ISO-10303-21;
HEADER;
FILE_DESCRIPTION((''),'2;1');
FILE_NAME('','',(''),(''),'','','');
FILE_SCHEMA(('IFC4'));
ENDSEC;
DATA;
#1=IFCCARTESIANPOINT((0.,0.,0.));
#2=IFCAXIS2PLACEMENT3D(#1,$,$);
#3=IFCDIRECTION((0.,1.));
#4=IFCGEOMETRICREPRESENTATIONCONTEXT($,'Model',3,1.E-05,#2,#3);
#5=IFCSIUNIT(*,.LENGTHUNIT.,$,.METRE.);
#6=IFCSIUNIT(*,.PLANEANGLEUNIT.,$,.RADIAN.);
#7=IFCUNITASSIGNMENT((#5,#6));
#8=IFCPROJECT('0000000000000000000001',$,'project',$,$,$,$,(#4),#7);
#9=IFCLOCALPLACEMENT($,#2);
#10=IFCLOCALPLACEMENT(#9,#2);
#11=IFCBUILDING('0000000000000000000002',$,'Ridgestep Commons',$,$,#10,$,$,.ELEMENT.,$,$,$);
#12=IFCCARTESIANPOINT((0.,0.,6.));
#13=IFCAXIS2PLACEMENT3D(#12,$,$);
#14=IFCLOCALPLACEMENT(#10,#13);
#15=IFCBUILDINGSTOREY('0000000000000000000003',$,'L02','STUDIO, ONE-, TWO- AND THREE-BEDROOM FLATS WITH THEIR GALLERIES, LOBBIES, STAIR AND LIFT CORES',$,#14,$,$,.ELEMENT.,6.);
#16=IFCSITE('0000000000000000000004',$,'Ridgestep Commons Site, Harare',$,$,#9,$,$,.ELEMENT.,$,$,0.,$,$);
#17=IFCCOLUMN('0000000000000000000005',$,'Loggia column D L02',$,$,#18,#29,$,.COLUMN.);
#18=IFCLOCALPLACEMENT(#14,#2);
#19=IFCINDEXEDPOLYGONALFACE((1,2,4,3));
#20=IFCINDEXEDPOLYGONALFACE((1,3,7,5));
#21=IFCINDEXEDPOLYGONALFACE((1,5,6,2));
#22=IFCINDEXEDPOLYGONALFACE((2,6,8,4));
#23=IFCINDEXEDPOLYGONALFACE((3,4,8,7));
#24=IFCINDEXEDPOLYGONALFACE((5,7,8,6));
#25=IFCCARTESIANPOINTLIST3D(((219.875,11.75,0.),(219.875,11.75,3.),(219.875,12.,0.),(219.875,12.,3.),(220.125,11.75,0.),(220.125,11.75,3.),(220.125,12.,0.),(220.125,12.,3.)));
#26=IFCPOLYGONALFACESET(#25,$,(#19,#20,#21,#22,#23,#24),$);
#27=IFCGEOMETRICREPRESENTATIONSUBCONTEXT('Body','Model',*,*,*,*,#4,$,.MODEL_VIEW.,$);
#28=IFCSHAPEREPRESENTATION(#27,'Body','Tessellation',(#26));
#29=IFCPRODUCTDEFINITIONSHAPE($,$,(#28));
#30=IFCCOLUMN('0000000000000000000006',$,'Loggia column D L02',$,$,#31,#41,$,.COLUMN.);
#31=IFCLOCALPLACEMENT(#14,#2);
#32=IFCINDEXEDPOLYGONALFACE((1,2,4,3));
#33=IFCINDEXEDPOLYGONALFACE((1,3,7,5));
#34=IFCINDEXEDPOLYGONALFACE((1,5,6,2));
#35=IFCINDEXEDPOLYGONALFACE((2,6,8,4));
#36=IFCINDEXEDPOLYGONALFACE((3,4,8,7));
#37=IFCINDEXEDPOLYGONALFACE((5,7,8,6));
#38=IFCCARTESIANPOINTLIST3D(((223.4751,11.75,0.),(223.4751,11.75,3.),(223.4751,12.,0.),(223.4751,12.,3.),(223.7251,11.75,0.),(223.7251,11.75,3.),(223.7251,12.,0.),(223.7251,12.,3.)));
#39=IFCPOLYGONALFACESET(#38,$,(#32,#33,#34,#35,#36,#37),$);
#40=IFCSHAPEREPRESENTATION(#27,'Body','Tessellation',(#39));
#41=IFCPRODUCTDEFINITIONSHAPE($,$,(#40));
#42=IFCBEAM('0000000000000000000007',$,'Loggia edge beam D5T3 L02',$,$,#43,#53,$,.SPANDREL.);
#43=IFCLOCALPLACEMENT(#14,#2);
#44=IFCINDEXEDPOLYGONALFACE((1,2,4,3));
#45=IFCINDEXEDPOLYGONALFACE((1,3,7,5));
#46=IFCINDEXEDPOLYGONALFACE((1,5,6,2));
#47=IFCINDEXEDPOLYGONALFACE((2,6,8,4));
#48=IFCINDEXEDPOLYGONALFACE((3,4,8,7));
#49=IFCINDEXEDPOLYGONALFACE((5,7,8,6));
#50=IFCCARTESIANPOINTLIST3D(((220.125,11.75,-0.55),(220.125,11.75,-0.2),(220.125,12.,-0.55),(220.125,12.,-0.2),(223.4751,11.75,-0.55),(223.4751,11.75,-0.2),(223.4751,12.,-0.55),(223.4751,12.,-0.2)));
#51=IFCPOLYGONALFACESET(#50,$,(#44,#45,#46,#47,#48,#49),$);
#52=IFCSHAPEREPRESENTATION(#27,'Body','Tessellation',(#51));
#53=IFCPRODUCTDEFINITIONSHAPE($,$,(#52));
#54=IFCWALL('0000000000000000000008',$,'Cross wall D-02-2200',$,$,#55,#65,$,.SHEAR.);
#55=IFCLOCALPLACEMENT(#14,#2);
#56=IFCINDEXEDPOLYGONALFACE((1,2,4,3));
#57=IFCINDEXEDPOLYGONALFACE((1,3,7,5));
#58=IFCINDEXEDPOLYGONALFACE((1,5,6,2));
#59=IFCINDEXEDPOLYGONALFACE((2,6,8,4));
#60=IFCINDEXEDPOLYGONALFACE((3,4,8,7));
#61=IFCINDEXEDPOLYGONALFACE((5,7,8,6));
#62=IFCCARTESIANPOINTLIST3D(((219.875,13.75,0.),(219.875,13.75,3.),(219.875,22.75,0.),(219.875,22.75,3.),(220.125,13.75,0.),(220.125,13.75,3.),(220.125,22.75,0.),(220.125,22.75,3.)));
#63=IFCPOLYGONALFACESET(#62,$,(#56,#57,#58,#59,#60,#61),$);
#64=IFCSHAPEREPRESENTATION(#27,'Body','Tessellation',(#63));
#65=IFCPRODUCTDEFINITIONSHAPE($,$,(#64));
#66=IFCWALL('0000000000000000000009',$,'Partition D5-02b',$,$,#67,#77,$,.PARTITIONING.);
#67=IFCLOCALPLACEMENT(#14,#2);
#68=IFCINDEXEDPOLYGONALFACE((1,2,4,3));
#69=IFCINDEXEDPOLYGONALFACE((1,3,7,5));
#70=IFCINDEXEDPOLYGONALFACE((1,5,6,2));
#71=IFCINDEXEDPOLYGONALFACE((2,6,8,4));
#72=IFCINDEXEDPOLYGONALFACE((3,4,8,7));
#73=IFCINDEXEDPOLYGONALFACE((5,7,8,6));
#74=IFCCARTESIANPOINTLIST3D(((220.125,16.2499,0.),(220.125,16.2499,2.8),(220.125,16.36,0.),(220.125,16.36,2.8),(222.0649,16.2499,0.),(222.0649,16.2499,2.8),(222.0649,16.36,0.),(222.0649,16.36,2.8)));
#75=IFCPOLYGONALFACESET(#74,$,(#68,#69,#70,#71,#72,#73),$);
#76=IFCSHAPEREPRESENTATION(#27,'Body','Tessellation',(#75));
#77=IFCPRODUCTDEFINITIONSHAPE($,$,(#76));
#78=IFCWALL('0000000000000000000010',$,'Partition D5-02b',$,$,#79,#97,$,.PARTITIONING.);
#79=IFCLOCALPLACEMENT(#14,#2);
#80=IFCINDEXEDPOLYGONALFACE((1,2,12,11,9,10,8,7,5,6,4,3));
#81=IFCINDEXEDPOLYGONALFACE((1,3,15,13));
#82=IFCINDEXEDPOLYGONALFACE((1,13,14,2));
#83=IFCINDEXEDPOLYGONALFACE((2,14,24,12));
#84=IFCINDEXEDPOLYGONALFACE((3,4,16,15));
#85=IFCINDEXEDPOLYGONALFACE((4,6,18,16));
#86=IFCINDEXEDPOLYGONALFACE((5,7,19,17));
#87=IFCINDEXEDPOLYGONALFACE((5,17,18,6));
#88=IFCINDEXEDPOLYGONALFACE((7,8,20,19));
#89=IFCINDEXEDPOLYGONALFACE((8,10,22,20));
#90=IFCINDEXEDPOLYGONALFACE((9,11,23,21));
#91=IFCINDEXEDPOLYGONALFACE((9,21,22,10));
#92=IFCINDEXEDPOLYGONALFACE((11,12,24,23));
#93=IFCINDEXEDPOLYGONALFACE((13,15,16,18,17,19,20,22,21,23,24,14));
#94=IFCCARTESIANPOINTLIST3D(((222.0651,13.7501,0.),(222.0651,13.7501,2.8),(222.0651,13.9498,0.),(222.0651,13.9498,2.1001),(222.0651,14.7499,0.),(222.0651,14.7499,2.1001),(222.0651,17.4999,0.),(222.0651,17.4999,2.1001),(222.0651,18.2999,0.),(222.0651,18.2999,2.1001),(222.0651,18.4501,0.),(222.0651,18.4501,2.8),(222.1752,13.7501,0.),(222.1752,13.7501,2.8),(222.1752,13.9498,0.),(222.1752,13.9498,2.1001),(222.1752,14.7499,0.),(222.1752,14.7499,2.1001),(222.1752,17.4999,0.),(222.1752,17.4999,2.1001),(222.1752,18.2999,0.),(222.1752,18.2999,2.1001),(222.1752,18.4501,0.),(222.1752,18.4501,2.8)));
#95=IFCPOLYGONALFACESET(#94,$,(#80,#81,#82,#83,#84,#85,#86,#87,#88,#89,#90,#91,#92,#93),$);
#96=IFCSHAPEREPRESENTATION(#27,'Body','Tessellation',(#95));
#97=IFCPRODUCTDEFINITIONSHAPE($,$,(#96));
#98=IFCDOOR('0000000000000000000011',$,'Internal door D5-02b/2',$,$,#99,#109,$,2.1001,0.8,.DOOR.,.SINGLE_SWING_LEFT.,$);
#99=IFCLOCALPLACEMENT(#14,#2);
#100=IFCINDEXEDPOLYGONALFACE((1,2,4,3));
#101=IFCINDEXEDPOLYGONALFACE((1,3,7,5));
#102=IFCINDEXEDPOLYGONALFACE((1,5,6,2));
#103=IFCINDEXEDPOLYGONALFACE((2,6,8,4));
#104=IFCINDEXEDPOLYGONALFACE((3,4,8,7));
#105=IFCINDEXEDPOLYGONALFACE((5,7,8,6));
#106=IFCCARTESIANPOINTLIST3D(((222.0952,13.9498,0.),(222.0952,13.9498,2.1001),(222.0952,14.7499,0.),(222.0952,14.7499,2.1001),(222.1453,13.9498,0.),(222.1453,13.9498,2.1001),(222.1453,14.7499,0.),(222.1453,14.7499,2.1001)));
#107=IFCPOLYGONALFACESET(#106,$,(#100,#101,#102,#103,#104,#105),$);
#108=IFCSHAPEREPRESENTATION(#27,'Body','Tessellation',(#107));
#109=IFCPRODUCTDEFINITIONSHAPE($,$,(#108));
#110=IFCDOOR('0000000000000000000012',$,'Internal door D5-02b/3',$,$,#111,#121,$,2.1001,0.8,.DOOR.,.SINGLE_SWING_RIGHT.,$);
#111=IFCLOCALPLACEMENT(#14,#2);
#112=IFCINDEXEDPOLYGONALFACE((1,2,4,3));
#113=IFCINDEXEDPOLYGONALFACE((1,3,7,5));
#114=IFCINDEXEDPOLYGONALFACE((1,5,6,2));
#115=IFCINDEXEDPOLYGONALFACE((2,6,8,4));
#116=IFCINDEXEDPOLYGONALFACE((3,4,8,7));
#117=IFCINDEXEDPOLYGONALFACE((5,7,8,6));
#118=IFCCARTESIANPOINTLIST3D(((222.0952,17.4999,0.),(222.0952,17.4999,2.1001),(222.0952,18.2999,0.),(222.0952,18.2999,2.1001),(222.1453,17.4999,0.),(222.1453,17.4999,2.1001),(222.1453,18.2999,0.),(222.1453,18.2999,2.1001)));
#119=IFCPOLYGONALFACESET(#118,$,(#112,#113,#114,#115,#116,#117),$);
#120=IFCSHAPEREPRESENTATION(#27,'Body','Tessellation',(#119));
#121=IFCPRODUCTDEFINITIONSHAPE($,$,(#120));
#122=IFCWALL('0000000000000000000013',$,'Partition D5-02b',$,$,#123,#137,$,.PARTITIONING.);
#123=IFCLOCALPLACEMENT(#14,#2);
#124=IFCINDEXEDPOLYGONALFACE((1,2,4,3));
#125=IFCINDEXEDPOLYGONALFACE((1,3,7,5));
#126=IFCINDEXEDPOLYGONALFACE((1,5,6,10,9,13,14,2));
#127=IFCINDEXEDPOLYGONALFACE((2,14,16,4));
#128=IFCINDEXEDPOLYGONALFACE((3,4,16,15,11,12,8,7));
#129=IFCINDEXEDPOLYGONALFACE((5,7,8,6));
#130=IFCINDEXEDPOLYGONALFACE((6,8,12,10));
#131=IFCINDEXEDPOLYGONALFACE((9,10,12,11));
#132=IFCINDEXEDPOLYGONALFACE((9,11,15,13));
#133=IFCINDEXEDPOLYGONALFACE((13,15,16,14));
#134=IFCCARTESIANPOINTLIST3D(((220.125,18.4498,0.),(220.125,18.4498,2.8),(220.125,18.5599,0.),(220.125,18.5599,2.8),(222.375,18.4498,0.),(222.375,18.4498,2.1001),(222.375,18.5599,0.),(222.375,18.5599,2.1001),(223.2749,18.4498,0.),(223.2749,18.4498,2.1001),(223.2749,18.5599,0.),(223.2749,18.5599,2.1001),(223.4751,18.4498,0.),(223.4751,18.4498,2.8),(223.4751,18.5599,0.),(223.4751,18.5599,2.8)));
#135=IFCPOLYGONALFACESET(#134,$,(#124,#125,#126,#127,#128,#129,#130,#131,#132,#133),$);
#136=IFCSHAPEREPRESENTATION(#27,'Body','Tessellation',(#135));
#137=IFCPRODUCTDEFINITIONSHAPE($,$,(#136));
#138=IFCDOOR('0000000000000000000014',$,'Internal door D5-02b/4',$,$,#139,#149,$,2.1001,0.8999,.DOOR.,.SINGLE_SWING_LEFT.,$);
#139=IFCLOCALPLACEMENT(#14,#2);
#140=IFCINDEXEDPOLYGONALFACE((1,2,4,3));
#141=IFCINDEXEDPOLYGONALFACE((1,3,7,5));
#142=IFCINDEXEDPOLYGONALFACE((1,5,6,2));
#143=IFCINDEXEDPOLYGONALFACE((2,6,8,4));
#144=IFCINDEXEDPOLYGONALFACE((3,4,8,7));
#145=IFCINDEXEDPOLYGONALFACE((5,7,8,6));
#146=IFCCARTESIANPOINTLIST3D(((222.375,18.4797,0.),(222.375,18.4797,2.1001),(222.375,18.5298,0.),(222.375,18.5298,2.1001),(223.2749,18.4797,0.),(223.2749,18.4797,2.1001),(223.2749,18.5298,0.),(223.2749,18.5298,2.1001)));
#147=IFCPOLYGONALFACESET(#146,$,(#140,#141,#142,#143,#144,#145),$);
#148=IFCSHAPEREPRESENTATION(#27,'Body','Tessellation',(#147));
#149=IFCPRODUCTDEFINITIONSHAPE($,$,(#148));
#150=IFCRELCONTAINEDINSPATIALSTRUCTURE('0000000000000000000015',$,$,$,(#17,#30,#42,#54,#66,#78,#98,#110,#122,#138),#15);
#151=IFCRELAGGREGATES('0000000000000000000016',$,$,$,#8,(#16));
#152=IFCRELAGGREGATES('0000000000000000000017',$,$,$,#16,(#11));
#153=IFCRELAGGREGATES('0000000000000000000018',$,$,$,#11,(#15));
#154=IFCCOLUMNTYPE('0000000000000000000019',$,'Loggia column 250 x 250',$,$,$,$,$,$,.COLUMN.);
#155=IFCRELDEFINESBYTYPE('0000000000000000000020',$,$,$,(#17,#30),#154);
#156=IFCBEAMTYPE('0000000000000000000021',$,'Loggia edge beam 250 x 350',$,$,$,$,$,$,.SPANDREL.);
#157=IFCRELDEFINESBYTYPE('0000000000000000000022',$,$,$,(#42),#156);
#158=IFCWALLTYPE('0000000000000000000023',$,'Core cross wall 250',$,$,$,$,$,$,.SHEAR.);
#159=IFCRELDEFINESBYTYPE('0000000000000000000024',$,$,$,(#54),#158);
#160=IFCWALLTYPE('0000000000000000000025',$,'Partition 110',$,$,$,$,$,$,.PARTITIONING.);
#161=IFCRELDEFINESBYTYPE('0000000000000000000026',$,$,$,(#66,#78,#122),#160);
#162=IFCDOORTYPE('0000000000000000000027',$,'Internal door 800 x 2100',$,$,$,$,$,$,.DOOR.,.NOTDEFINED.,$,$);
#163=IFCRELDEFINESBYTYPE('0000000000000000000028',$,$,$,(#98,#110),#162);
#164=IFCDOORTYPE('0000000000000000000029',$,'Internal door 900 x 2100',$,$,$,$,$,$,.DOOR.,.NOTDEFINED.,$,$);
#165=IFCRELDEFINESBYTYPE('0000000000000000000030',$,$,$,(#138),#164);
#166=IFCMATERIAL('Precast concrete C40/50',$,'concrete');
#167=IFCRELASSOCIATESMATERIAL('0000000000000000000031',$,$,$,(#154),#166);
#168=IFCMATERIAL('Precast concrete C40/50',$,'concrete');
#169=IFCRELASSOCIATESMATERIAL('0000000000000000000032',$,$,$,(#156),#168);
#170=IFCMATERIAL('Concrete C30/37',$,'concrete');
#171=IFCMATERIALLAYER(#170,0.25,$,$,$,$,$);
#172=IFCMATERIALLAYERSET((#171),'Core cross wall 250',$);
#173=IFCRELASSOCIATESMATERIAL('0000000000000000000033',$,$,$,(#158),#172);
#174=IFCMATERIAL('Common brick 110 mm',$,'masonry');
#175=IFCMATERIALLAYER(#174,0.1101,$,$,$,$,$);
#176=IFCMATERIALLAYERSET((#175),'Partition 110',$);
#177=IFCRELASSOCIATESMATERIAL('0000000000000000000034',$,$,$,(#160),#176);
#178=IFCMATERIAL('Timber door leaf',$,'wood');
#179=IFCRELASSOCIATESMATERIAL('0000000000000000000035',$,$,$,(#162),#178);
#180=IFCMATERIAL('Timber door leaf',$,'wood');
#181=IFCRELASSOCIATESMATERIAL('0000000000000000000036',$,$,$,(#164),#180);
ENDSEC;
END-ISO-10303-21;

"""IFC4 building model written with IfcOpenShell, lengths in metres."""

from ifc_helpers import new_model, si_unit, direction, frame, frame_2d, origin, origin_2d, place, context, subcontext, project, spatial, rectangle, extrude, material, layer, layer_set, material_profile, profile_set, type_object, element, fill, save


model = new_model("IFC4")

# Units and contexts
model_context = context("Model", 3, precision=1e-05, world=origin(), true_north=direction((0.0, 1.0)))
body_context = subcontext(model_context, "Body", "Model", "MODEL_VIEW")
ifc_project = project(units=[si_unit("LENGTHUNIT", "METRE"), si_unit("PLANEANGLEUNIT", "RADIAN")], contexts=[model_context])

# Site, building, storey
site_placement = place(None, origin())
site = spatial("IfcSite", under=ifc_project, at=site_placement, Name="Ridgestep Commons Site, Harare", CompositionType="ELEMENT", RefElevation=0.0)
building_placement = place(site_placement, origin())
building = spatial("IfcBuilding", under=site, at=building_placement, Name="Ridgestep Commons", CompositionType="ELEMENT")
storey_placement = place(building_placement, frame((0.0, 0.0, 6.0)))
storey = spatial("IfcBuildingStorey", under=building, at=storey_placement, Name="L02", Description="STUDIO, ONE-, TWO- AND THREE-BEDROOM FLATS WITH THEIR GALLERIES, LOBBIES, STAIR AND LIFT CORES", CompositionType="ELEMENT", Elevation=6.0)

# Columns
ifc_material_1 = material(Name="Precast concrete C40/50", Category="concrete")
ifc_material_profile_1 = material_profile(ifc_material_1, rectangle(XDim=0.25, YDim=0.25, at=origin_2d()), Name="PC 250x250")
ifc_profile_set_1 = profile_set([ifc_material_profile_1], Name="Precast concrete C40/50")
column_type = type_object("IfcColumnType", Name="Loggia column 250 x 250", PredefinedType="COLUMN", material=ifc_profile_set_1)
for number, where, z_axis, x_axis, name in (
    (1, (220.0, 11.875, 0.0), (0.0, 0.0, 1.0), (1.0, 0.0, 0.0), "Loggia column D L02"),
    (2, (223.6001, 11.875, 0.0), (0.0, 0.0, 1.0), (1.0, 0.0, 0.0), "Loggia column D L02"),
):
    element("IfcColumn", number, at=place(storey_placement, frame(where, z_axis=z_axis, x_axis=x_axis)), inside=storey, type_object=column_type, Name=name, PredefinedType="COLUMN", context=body_context, shape_type="SweptSolid", body=[
        extrude(rectangle(XDim=0.25, YDim=0.25, at=origin_2d()), origin(), (0.0, 0.0, 1.0), 3.0),
    ])

# Beam
ifc_material_2 = material(Name="Precast concrete C40/50", Category="concrete")
ifc_material_profile_2 = material_profile(ifc_material_2, rectangle(XDim=0.25, YDim=0.3501, at=origin_2d()), Name="PC 250x350")
ifc_profile_set_2 = profile_set([ifc_material_profile_2], Name="Precast concrete C40/50")
beam_type = type_object("IfcBeamType", Name="Loggia edge beam 250 x 350", PredefinedType="SPANDREL", material=ifc_profile_set_2)
beam_placement = place(storey_placement, frame((220.125, 11.875, -0.375), z_axis=(1.0, 0.0, 0.0), x_axis=(0.0, 1.0, 0.0)))
element("IfcBeam", 3, at=beam_placement, inside=storey, type_object=beam_type, Name="Loggia edge beam D5T3 L02", PredefinedType="SPANDREL", context=body_context, shape_type="SweptSolid", body=[
    extrude(rectangle(XDim=0.25, YDim=0.3501, at=origin_2d()), origin(), (0.0, 0.0, 1.0), 3.3501),
])

# Walls
ifc_material_3 = material(Name="Concrete C30/37", Category="concrete")
ifc_layer_1 = layer(ifc_material_3, 0.25)
ifc_layer_set_1 = layer_set([ifc_layer_1], Name="Core cross wall 250")
wall_type_1 = type_object("IfcWallType", Name="Core cross wall 250", PredefinedType="SHEAR", material=ifc_layer_set_1)
wall_1_placement = place(storey_placement, frame((220.0, 13.75, 0.0), z_axis=(0.0, 0.0, 1.0), x_axis=(0.0, 1.0, 0.0)))
element("IfcWall", 4, at=wall_1_placement, inside=storey, type_object=wall_type_1, Name="Cross wall D-02-2200", PredefinedType="SHEAR", context=body_context, shape_type="SweptSolid", body=[
    extrude(rectangle(XDim=9.0, YDim=0.25, at=frame_2d((4.5, 0.0))), origin(), (0.0, 0.0, 1.0), 3.0),
])
ifc_material_4 = material(Name="Common brick 110 mm", Category="masonry")
ifc_layer_2 = layer(ifc_material_4, 0.1101)
ifc_layer_set_2 = layer_set([ifc_layer_2], Name="Partition 110")
wall_type_2 = type_object("IfcWallType", Name="Partition 110", PredefinedType="PARTITIONING", material=ifc_layer_set_2)
wall_2_placement = place(storey_placement, frame((220.125, 16.3049, 0.0), z_axis=(0.0, 0.0, 1.0), x_axis=(1.0, 0.0, 0.0)))
element("IfcWall", 5, at=wall_2_placement, inside=storey, type_object=wall_type_2, Name="Partition D5-02b", PredefinedType="PARTITIONING", context=body_context, shape_type="SweptSolid", body=[
    extrude(rectangle(XDim=1.9399, YDim=0.1101, at=frame_2d((0.97, 0.0))), origin(), (0.0, 0.0, 1.0), 2.8),
])

# Wall, openings, doors
wall_3_placement = place(storey_placement, frame((222.1201, 13.75, 0.0), z_axis=(0.0, 0.0, 1.0), x_axis=(0.0, 1.0, 0.0)))
wall_3 = element("IfcWall", 6, at=wall_3_placement, inside=storey, type_object=wall_type_2, Name="Partition D5-02b", PredefinedType="PARTITIONING", context=body_context, shape_type="SweptSolid", body=[
    extrude(rectangle(XDim=4.7, YDim=0.1101, at=frame_2d((2.3501, 0.0))), origin(), (0.0, 0.0, 1.0), 2.8),
])
opening_1_placement = place(wall_3_placement, frame((0.2, 0.0, 0.0)))
opening_1 = element("IfcOpeningElement", 7, at=opening_1_placement, cuts=wall_3, PredefinedType="OPENING", context=body_context, shape_type="SweptSolid", body=[
    extrude(rectangle(XDim=0.8, YDim=2.1001, at=frame_2d((0.3999, 1.05))), frame((0.0, 0.0649, 0.0), z_axis=(0.0, -1.0, 0.0), x_axis=(1.0, 0.0, 0.0)), (0.0, 0.0, 1.0), 0.1301),
])
opening_2_placement = place(wall_3_placement, frame((3.75, 0.0, 0.0)))
opening_2 = element("IfcOpeningElement", 8, at=opening_2_placement, cuts=wall_3, PredefinedType="OPENING", context=body_context, shape_type="SweptSolid", body=[
    extrude(rectangle(XDim=0.8, YDim=2.1001, at=frame_2d((0.3999, 1.05))), frame((0.0, 0.0649, 0.0), z_axis=(0.0, -1.0, 0.0), x_axis=(1.0, 0.0, 0.0)), (0.0, 0.0, 1.0), 0.1301),
])
ifc_material_5 = material(Name="Timber door leaf", Category="wood")
door_type_1 = type_object("IfcDoorType", Name="Internal door 800 x 2100", OperationType="NOTDEFINED", PredefinedType="DOOR", material=ifc_material_5)
door_1_placement = place(opening_1_placement, origin())
door_1 = element("IfcDoor", 9, at=door_1_placement, inside=storey, type_object=door_type_1, Name="Internal door D5-02b/2", OperationType="SINGLE_SWING_LEFT", OverallHeight=2.1001, OverallWidth=0.8, PredefinedType="DOOR", context=body_context, shape_type="SweptSolid", body=[
    extrude(rectangle(XDim=0.8, YDim=2.1001, at=frame_2d((0.3999, 1.05))), frame((0.0, 0.0249, 0.0), z_axis=(0.0, -1.0, 0.0), x_axis=(1.0, 0.0, 0.0)), (0.0, 0.0, 1.0), 0.05),
])
fill(opening_1, door_1)
door_2_placement = place(opening_2_placement, origin())
door_2 = element("IfcDoor", 10, at=door_2_placement, inside=storey, type_object=door_type_1, Name="Internal door D5-02b/3", OperationType="SINGLE_SWING_RIGHT", OverallHeight=2.1001, OverallWidth=0.8, PredefinedType="DOOR", context=body_context, shape_type="SweptSolid", body=[
    extrude(rectangle(XDim=0.8, YDim=2.1001, at=frame_2d((0.3999, 1.05))), frame((0.0, 0.0249, 0.0), z_axis=(0.0, -1.0, 0.0), x_axis=(1.0, 0.0, 0.0)), (0.0, 0.0, 1.0), 0.05),
])
fill(opening_2, door_2)

# Wall, opening, door
wall_4_placement = place(storey_placement, frame((220.125, 18.5049, 0.0), z_axis=(0.0, 0.0, 1.0), x_axis=(1.0, 0.0, 0.0)))
wall_4 = element("IfcWall", 11, at=wall_4_placement, inside=storey, type_object=wall_type_2, Name="Partition D5-02b", PredefinedType="PARTITIONING", context=body_context, shape_type="SweptSolid", body=[
    extrude(rectangle(XDim=3.3501, YDim=0.1101, at=frame_2d((1.675, 0.0))), origin(), (0.0, 0.0, 1.0), 2.8),
])
opening_3_placement = place(wall_4_placement, frame((2.25, 0.0, 0.0)))
opening_3 = element("IfcOpeningElement", 12, at=opening_3_placement, cuts=wall_4, PredefinedType="OPENING", context=body_context, shape_type="SweptSolid", body=[
    extrude(rectangle(XDim=0.8999, YDim=2.1001, at=frame_2d((0.45, 1.05))), frame((0.0, 0.0649, 0.0), z_axis=(0.0, -1.0, 0.0), x_axis=(1.0, 0.0, 0.0)), (0.0, 0.0, 1.0), 0.1301),
])
ifc_material_6 = material(Name="Timber door leaf", Category="wood")
door_type_2 = type_object("IfcDoorType", Name="Internal door 900 x 2100", OperationType="NOTDEFINED", PredefinedType="DOOR", material=ifc_material_6)
door_3_placement = place(opening_3_placement, origin())
door_3 = element("IfcDoor", 13, at=door_3_placement, inside=storey, type_object=door_type_2, Name="Internal door D5-02b/4", OperationType="SINGLE_SWING_LEFT", OverallHeight=2.1001, OverallWidth=0.8999, PredefinedType="DOOR", context=body_context, shape_type="SweptSolid", body=[
    extrude(rectangle(XDim=0.8999, YDim=2.1001, at=frame_2d((0.45, 1.05))), frame((0.0, 0.0249, 0.0), z_axis=(0.0, -1.0, 0.0), x_axis=(1.0, 0.0, 0.0)), (0.0, 0.0, 1.0), 0.05),
])
fill(opening_3, door_3)

save(model, "model.ifc")
